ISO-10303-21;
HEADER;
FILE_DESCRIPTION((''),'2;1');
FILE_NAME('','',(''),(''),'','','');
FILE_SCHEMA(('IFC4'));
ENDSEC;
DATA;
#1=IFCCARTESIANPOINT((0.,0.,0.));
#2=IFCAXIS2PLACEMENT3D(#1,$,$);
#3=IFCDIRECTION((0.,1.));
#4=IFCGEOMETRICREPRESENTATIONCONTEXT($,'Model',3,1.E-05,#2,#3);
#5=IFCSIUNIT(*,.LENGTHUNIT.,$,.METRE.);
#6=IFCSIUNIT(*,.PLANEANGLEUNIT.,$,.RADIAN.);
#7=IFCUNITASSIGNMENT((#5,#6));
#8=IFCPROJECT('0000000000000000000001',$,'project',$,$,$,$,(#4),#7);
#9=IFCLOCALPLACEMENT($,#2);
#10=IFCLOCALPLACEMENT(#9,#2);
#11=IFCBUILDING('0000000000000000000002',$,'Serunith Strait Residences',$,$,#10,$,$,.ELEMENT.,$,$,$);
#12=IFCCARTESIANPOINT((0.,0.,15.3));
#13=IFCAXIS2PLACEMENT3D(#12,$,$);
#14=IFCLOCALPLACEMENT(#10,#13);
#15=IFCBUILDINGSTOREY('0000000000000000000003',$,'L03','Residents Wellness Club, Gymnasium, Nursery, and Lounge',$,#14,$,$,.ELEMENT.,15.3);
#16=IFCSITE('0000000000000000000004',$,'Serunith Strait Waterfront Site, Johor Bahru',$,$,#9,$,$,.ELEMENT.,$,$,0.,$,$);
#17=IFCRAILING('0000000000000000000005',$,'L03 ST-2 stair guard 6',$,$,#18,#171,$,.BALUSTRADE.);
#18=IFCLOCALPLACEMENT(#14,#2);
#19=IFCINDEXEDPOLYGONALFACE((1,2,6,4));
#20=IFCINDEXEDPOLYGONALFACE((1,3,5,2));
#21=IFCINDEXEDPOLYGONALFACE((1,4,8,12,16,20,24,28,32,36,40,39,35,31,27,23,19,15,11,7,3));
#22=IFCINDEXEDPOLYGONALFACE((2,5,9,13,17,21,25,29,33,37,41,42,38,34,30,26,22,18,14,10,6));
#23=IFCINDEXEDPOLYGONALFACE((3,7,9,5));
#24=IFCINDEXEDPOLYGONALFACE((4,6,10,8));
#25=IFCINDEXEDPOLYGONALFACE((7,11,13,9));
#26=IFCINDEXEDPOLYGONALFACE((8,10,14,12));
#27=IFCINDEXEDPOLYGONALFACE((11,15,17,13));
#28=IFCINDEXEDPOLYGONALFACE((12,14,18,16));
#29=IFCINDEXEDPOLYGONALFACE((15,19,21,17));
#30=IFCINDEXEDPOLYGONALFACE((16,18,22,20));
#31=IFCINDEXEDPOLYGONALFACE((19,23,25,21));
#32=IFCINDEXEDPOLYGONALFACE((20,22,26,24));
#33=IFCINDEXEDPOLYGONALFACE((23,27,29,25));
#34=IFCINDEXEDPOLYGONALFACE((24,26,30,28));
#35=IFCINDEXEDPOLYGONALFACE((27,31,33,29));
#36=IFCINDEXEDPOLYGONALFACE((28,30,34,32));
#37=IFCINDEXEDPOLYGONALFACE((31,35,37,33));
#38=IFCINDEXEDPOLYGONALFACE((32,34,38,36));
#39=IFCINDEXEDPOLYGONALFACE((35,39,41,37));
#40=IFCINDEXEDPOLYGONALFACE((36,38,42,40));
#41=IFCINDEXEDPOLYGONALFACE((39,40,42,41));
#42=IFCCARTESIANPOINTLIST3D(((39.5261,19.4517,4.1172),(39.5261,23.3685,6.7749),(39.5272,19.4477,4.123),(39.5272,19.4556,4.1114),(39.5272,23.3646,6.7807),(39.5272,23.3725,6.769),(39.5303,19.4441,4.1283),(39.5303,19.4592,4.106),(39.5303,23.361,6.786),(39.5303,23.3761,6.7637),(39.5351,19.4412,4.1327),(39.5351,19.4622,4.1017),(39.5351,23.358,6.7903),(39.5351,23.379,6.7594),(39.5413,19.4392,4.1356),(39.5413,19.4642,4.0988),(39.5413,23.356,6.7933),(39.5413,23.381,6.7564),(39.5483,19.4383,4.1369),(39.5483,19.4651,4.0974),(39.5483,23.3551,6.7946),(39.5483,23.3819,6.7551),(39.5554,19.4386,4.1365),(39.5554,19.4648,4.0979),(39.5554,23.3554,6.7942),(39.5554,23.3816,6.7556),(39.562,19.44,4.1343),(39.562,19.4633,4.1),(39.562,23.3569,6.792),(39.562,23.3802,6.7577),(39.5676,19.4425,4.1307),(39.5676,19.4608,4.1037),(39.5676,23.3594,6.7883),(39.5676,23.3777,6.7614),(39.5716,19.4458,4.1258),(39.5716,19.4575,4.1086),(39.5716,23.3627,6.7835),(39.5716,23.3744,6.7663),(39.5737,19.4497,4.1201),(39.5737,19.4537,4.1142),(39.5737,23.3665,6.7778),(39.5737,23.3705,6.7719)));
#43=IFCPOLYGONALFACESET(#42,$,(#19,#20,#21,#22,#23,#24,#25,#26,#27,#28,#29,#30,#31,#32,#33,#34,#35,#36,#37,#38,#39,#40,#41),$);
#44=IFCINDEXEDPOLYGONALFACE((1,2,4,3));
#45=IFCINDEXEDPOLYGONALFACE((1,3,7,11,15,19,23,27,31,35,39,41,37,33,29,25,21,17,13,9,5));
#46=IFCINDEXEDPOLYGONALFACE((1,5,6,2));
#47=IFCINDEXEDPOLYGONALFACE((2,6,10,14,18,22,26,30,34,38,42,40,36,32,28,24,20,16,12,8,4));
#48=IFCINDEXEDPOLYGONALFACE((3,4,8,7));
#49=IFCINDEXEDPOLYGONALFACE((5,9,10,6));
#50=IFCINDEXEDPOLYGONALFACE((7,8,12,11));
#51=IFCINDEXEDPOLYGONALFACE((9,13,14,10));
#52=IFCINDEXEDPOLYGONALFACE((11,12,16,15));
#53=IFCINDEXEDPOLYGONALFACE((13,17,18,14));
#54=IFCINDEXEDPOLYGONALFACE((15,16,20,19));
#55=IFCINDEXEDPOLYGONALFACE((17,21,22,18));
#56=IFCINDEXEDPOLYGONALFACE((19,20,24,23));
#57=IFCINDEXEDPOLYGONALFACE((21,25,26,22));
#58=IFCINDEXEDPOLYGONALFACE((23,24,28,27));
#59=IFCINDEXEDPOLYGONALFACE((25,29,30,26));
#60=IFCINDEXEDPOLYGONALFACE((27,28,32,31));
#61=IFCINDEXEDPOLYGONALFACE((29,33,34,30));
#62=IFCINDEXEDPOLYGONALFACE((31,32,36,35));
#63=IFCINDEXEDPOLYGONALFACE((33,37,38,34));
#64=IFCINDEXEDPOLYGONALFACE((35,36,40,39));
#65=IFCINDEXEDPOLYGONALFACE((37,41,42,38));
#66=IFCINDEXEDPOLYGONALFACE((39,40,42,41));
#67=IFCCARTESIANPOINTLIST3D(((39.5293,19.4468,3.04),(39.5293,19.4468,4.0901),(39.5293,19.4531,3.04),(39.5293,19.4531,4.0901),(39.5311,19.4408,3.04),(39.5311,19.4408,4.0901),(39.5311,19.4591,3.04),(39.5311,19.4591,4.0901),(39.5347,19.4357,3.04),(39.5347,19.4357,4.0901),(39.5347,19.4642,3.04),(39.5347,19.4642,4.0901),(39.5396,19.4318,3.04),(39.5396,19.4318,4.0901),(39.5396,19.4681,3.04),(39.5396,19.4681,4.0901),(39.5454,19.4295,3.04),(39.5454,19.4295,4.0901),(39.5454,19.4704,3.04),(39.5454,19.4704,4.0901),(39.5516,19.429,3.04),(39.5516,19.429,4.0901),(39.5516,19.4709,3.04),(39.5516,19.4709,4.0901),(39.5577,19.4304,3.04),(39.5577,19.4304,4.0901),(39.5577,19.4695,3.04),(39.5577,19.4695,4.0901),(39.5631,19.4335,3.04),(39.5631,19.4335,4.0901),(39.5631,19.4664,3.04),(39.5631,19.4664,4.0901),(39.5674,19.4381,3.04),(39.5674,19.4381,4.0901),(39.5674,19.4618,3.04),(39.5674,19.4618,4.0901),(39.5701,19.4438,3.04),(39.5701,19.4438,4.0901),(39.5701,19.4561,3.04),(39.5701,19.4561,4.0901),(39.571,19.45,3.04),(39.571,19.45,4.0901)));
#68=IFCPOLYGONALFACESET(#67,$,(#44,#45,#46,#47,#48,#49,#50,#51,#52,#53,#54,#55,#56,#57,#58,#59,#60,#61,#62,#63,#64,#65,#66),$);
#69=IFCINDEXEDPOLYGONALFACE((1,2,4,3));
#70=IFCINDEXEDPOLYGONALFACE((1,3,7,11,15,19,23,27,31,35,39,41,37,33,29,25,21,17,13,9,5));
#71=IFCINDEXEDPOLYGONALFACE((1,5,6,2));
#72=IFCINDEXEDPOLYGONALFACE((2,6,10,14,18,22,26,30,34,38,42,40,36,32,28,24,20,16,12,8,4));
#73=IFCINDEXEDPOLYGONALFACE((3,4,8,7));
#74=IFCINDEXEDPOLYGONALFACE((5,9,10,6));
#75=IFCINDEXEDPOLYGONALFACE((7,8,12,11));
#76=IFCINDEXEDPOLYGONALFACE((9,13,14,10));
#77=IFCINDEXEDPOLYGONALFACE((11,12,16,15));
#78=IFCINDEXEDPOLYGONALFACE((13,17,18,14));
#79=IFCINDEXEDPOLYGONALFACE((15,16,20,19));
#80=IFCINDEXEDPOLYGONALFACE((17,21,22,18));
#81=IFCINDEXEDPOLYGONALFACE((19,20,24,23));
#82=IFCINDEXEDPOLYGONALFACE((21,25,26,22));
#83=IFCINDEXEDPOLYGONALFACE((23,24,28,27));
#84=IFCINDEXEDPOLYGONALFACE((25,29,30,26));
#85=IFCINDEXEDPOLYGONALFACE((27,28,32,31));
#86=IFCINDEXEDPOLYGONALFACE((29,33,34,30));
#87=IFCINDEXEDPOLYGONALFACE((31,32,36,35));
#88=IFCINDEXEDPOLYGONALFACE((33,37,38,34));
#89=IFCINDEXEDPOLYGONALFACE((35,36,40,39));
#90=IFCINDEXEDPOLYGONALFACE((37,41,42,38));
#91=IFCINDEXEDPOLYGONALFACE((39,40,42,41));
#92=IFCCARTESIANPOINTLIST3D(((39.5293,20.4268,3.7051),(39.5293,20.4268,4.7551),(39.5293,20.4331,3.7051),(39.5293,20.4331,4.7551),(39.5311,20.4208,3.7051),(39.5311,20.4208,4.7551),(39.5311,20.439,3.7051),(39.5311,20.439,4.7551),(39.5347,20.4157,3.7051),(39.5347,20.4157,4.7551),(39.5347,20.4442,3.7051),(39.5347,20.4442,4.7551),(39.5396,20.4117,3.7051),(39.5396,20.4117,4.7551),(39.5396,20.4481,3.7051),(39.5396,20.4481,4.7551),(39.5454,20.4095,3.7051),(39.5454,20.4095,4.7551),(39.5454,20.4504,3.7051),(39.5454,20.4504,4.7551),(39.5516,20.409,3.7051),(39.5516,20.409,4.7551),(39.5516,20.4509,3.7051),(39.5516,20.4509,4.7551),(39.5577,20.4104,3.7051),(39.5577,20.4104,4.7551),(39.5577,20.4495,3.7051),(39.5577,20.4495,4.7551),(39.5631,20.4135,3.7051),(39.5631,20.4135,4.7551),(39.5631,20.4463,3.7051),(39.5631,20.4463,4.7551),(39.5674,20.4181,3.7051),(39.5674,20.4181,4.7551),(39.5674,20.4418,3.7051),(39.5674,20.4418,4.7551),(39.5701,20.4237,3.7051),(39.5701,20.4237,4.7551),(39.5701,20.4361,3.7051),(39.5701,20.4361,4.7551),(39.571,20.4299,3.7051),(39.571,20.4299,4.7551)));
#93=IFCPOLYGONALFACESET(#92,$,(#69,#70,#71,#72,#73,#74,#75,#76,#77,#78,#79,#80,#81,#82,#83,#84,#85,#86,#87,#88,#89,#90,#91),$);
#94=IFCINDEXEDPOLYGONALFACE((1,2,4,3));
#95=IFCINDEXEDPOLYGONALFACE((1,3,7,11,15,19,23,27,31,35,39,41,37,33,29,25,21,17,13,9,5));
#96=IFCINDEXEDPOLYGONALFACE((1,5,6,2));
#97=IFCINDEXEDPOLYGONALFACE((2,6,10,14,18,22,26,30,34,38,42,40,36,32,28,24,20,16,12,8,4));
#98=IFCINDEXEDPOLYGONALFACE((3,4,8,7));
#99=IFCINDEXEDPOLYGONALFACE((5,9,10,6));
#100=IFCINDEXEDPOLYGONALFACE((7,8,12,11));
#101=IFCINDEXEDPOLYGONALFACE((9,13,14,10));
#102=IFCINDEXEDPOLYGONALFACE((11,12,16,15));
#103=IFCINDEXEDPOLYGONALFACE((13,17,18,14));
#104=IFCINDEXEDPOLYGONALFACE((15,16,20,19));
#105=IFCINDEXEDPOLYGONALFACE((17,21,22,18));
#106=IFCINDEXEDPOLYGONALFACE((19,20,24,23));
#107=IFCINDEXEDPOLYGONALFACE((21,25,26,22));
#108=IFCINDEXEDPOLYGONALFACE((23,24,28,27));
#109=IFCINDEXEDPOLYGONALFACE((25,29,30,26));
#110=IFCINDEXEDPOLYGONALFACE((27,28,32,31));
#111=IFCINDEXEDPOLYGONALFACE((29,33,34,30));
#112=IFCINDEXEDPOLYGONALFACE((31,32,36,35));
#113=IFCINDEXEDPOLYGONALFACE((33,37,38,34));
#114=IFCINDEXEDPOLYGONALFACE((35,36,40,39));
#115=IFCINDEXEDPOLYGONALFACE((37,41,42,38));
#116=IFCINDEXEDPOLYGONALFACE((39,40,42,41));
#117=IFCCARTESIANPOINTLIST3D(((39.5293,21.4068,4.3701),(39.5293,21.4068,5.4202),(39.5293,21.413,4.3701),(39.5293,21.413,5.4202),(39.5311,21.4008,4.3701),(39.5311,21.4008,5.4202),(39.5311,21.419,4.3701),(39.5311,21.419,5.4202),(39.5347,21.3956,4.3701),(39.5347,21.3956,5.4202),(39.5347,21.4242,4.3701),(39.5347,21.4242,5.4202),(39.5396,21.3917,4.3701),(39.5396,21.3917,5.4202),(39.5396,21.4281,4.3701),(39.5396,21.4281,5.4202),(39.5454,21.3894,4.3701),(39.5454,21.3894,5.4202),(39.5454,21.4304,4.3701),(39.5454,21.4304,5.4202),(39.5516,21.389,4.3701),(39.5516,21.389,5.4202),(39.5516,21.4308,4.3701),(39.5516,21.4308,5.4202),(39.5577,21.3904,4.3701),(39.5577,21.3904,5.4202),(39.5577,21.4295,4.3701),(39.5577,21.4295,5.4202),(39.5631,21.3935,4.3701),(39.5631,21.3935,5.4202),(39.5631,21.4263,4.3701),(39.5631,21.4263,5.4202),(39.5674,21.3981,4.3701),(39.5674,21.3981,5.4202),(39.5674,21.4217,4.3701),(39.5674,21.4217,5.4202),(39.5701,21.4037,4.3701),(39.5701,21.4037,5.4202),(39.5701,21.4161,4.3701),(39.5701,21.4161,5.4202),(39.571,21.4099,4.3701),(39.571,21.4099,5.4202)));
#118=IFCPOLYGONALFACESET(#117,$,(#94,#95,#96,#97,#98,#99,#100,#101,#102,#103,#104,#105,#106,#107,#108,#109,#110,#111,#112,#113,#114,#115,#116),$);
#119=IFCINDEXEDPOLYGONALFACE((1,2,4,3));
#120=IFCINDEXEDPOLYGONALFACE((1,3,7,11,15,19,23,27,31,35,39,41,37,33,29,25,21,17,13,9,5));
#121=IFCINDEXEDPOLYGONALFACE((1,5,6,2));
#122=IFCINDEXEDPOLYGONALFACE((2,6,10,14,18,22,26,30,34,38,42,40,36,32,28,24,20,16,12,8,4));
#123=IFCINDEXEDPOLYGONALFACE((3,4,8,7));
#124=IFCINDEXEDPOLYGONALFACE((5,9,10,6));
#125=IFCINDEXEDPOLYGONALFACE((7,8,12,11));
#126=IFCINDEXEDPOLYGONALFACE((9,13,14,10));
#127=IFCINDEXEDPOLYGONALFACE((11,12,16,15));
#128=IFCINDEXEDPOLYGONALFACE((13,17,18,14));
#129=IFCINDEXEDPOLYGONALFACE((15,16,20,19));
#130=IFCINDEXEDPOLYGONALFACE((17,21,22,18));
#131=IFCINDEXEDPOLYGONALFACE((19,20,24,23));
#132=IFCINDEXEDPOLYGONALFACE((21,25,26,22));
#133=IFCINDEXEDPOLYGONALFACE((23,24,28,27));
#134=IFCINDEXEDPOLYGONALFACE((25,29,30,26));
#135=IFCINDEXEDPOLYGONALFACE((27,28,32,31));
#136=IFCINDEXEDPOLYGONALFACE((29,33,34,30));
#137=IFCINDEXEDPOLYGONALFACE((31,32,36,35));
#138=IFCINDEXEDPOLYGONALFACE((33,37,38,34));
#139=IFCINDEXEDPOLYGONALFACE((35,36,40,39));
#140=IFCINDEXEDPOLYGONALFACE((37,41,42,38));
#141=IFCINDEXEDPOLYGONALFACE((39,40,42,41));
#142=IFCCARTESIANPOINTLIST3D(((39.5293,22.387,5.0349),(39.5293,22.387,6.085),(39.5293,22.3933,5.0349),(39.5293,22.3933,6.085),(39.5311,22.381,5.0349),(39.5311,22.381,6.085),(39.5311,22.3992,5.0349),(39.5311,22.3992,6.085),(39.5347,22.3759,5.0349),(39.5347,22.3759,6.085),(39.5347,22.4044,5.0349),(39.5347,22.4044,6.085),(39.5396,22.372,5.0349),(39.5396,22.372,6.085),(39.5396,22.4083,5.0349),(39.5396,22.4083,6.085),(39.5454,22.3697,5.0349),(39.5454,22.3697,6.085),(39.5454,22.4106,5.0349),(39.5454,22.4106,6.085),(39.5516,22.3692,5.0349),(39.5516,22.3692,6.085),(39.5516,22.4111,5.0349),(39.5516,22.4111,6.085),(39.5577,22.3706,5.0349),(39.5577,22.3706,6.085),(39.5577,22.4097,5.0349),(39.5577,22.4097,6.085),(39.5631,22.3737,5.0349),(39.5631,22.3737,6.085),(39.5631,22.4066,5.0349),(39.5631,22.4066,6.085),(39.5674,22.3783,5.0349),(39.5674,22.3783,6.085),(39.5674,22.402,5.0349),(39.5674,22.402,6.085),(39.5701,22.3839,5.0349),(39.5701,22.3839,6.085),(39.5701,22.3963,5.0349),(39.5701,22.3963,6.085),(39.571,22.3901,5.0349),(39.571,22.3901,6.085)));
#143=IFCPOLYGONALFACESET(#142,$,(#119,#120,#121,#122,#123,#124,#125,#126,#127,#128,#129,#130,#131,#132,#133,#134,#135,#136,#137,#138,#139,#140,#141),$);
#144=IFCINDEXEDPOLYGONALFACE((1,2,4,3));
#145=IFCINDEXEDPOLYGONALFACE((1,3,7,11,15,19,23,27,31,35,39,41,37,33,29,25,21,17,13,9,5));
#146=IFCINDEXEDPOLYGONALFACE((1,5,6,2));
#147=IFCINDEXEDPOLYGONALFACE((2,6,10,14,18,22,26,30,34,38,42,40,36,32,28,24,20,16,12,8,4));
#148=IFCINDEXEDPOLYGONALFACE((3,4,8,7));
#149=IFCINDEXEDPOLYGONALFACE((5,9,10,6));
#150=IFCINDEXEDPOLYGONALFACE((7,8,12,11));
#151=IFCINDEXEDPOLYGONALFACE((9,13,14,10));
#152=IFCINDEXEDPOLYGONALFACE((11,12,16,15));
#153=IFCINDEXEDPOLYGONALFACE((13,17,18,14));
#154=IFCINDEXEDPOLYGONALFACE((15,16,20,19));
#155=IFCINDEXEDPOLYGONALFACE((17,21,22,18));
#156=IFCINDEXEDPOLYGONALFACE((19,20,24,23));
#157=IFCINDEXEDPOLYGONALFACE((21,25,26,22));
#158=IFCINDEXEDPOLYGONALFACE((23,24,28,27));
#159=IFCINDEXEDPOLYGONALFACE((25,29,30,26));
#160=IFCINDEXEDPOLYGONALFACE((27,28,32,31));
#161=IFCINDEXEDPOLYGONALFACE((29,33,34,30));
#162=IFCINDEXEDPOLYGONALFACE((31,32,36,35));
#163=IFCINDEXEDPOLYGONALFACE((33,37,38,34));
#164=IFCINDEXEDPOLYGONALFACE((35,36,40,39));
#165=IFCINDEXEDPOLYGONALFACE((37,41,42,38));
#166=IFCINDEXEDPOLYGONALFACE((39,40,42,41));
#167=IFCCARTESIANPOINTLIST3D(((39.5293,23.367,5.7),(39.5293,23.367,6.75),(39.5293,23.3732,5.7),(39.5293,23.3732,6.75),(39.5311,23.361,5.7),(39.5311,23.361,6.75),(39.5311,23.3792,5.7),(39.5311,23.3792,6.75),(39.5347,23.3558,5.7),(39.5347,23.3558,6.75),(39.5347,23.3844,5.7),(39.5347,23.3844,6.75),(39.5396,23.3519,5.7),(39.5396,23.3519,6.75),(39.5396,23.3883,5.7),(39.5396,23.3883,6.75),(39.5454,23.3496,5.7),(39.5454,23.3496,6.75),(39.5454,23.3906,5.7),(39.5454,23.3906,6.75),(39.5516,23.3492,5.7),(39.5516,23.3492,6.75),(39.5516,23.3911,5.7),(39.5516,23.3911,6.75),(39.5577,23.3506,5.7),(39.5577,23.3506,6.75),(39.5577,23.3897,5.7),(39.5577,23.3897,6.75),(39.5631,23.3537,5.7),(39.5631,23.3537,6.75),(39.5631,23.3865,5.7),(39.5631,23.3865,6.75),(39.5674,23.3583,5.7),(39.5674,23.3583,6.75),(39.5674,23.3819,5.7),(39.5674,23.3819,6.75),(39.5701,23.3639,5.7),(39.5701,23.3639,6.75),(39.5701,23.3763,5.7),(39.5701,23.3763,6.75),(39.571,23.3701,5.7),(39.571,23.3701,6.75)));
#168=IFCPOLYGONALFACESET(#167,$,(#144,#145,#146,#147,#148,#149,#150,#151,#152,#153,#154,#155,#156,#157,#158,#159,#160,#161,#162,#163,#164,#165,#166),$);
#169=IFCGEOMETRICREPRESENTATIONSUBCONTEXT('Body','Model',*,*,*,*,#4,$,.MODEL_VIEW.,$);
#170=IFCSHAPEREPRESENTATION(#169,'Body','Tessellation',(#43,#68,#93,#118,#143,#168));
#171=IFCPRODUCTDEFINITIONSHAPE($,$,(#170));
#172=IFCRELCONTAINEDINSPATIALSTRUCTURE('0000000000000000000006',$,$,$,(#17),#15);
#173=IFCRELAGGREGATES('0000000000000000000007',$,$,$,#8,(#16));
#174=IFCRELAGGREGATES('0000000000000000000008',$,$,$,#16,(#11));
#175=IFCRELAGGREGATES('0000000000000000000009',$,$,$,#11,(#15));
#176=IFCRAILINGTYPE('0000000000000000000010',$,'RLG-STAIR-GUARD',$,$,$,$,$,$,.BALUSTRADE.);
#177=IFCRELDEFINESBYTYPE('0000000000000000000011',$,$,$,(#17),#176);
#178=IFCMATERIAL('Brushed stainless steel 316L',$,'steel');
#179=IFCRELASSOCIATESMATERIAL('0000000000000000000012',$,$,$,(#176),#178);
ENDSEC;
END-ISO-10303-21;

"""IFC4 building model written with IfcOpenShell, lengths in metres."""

from ifc_helpers import new_model, si_unit, direction, frame, origin, origin_2d, place, context, subcontext, project, spatial, circle, extrude, material, type_object, element, save


model = new_model("IFC4")

# Units and contexts
model_context = context("Model", 3, precision=1e-05, world=origin(), true_north=direction((0.0, 1.0)))
body_context = subcontext(model_context, "Body", "Model", "MODEL_VIEW")
ifc_project = project(units=[si_unit("LENGTHUNIT", "METRE"), si_unit("PLANEANGLEUNIT", "RADIAN")], contexts=[model_context])

# Site, building, storey
site_placement = place(None, origin())
site = spatial("IfcSite", under=ifc_project, at=site_placement, Name="Serunith Strait Waterfront Site, Johor Bahru", CompositionType="ELEMENT", RefElevation=0.0)
building_placement = place(site_placement, origin())
building = spatial("IfcBuilding", under=site, at=building_placement, Name="Serunith Strait Residences", CompositionType="ELEMENT")
storey_placement = place(building_placement, frame((0.0, 0.0, 15.3)))
storey = spatial("IfcBuildingStorey", under=building, at=storey_placement, Name="L03", Description="Residents Wellness Club, Gymnasium, Nursery, and Lounge", CompositionType="ELEMENT", Elevation=15.3)

# Railing
ifc_material_1 = material(Name="Brushed stainless steel 316L", Category="steel")
railing_type_1 = type_object("IfcRailingType", Name="RLG-STAIR-GUARD", PredefinedType="BALUSTRADE", material=ifc_material_1)
railing_1_placement = place(storey_placement, frame((39.55, 19.45, 3.04)))
element("IfcRailing", 1, at=railing_1_placement, inside=storey, type_object=railing_type_1, Name="L03 ST-2 stair guard 6", PredefinedType="BALUSTRADE", context=body_context, shape_type="SweptSolid", body=[
    extrude(circle(Radius=0.0239, at=origin_2d()), frame((0.0, 0.0017, 1.0771), z_axis=(0.0, 0.827495, 0.561472), x_axis=(-1.0, 0.0, 0.0)), (0.0, 0.0, 1.0), 4.7334),
    extrude(circle(Radius=0.021, at=origin_2d()), origin(), (0.0, 0.0, 1.0), 1.05),
    extrude(circle(Radius=0.021, at=origin_2d()), frame((0.0, 0.98, 0.665)), (0.0, 0.0, 1.0), 1.05),
    extrude(circle(Radius=0.021, at=origin_2d()), frame((0.0, 1.96, 1.3301)), (0.0, 0.0, 1.0), 1.05),
    extrude(circle(Radius=0.021, at=origin_2d()), frame((0.0, 2.9402, 1.9949)), (0.0, 0.0, 1.0), 1.05),
    extrude(circle(Radius=0.021, at=origin_2d()), frame((0.0, 3.9202, 2.6599)), (0.0, 0.0, 1.0), 1.05),
])

save(model, "model.ifc")
